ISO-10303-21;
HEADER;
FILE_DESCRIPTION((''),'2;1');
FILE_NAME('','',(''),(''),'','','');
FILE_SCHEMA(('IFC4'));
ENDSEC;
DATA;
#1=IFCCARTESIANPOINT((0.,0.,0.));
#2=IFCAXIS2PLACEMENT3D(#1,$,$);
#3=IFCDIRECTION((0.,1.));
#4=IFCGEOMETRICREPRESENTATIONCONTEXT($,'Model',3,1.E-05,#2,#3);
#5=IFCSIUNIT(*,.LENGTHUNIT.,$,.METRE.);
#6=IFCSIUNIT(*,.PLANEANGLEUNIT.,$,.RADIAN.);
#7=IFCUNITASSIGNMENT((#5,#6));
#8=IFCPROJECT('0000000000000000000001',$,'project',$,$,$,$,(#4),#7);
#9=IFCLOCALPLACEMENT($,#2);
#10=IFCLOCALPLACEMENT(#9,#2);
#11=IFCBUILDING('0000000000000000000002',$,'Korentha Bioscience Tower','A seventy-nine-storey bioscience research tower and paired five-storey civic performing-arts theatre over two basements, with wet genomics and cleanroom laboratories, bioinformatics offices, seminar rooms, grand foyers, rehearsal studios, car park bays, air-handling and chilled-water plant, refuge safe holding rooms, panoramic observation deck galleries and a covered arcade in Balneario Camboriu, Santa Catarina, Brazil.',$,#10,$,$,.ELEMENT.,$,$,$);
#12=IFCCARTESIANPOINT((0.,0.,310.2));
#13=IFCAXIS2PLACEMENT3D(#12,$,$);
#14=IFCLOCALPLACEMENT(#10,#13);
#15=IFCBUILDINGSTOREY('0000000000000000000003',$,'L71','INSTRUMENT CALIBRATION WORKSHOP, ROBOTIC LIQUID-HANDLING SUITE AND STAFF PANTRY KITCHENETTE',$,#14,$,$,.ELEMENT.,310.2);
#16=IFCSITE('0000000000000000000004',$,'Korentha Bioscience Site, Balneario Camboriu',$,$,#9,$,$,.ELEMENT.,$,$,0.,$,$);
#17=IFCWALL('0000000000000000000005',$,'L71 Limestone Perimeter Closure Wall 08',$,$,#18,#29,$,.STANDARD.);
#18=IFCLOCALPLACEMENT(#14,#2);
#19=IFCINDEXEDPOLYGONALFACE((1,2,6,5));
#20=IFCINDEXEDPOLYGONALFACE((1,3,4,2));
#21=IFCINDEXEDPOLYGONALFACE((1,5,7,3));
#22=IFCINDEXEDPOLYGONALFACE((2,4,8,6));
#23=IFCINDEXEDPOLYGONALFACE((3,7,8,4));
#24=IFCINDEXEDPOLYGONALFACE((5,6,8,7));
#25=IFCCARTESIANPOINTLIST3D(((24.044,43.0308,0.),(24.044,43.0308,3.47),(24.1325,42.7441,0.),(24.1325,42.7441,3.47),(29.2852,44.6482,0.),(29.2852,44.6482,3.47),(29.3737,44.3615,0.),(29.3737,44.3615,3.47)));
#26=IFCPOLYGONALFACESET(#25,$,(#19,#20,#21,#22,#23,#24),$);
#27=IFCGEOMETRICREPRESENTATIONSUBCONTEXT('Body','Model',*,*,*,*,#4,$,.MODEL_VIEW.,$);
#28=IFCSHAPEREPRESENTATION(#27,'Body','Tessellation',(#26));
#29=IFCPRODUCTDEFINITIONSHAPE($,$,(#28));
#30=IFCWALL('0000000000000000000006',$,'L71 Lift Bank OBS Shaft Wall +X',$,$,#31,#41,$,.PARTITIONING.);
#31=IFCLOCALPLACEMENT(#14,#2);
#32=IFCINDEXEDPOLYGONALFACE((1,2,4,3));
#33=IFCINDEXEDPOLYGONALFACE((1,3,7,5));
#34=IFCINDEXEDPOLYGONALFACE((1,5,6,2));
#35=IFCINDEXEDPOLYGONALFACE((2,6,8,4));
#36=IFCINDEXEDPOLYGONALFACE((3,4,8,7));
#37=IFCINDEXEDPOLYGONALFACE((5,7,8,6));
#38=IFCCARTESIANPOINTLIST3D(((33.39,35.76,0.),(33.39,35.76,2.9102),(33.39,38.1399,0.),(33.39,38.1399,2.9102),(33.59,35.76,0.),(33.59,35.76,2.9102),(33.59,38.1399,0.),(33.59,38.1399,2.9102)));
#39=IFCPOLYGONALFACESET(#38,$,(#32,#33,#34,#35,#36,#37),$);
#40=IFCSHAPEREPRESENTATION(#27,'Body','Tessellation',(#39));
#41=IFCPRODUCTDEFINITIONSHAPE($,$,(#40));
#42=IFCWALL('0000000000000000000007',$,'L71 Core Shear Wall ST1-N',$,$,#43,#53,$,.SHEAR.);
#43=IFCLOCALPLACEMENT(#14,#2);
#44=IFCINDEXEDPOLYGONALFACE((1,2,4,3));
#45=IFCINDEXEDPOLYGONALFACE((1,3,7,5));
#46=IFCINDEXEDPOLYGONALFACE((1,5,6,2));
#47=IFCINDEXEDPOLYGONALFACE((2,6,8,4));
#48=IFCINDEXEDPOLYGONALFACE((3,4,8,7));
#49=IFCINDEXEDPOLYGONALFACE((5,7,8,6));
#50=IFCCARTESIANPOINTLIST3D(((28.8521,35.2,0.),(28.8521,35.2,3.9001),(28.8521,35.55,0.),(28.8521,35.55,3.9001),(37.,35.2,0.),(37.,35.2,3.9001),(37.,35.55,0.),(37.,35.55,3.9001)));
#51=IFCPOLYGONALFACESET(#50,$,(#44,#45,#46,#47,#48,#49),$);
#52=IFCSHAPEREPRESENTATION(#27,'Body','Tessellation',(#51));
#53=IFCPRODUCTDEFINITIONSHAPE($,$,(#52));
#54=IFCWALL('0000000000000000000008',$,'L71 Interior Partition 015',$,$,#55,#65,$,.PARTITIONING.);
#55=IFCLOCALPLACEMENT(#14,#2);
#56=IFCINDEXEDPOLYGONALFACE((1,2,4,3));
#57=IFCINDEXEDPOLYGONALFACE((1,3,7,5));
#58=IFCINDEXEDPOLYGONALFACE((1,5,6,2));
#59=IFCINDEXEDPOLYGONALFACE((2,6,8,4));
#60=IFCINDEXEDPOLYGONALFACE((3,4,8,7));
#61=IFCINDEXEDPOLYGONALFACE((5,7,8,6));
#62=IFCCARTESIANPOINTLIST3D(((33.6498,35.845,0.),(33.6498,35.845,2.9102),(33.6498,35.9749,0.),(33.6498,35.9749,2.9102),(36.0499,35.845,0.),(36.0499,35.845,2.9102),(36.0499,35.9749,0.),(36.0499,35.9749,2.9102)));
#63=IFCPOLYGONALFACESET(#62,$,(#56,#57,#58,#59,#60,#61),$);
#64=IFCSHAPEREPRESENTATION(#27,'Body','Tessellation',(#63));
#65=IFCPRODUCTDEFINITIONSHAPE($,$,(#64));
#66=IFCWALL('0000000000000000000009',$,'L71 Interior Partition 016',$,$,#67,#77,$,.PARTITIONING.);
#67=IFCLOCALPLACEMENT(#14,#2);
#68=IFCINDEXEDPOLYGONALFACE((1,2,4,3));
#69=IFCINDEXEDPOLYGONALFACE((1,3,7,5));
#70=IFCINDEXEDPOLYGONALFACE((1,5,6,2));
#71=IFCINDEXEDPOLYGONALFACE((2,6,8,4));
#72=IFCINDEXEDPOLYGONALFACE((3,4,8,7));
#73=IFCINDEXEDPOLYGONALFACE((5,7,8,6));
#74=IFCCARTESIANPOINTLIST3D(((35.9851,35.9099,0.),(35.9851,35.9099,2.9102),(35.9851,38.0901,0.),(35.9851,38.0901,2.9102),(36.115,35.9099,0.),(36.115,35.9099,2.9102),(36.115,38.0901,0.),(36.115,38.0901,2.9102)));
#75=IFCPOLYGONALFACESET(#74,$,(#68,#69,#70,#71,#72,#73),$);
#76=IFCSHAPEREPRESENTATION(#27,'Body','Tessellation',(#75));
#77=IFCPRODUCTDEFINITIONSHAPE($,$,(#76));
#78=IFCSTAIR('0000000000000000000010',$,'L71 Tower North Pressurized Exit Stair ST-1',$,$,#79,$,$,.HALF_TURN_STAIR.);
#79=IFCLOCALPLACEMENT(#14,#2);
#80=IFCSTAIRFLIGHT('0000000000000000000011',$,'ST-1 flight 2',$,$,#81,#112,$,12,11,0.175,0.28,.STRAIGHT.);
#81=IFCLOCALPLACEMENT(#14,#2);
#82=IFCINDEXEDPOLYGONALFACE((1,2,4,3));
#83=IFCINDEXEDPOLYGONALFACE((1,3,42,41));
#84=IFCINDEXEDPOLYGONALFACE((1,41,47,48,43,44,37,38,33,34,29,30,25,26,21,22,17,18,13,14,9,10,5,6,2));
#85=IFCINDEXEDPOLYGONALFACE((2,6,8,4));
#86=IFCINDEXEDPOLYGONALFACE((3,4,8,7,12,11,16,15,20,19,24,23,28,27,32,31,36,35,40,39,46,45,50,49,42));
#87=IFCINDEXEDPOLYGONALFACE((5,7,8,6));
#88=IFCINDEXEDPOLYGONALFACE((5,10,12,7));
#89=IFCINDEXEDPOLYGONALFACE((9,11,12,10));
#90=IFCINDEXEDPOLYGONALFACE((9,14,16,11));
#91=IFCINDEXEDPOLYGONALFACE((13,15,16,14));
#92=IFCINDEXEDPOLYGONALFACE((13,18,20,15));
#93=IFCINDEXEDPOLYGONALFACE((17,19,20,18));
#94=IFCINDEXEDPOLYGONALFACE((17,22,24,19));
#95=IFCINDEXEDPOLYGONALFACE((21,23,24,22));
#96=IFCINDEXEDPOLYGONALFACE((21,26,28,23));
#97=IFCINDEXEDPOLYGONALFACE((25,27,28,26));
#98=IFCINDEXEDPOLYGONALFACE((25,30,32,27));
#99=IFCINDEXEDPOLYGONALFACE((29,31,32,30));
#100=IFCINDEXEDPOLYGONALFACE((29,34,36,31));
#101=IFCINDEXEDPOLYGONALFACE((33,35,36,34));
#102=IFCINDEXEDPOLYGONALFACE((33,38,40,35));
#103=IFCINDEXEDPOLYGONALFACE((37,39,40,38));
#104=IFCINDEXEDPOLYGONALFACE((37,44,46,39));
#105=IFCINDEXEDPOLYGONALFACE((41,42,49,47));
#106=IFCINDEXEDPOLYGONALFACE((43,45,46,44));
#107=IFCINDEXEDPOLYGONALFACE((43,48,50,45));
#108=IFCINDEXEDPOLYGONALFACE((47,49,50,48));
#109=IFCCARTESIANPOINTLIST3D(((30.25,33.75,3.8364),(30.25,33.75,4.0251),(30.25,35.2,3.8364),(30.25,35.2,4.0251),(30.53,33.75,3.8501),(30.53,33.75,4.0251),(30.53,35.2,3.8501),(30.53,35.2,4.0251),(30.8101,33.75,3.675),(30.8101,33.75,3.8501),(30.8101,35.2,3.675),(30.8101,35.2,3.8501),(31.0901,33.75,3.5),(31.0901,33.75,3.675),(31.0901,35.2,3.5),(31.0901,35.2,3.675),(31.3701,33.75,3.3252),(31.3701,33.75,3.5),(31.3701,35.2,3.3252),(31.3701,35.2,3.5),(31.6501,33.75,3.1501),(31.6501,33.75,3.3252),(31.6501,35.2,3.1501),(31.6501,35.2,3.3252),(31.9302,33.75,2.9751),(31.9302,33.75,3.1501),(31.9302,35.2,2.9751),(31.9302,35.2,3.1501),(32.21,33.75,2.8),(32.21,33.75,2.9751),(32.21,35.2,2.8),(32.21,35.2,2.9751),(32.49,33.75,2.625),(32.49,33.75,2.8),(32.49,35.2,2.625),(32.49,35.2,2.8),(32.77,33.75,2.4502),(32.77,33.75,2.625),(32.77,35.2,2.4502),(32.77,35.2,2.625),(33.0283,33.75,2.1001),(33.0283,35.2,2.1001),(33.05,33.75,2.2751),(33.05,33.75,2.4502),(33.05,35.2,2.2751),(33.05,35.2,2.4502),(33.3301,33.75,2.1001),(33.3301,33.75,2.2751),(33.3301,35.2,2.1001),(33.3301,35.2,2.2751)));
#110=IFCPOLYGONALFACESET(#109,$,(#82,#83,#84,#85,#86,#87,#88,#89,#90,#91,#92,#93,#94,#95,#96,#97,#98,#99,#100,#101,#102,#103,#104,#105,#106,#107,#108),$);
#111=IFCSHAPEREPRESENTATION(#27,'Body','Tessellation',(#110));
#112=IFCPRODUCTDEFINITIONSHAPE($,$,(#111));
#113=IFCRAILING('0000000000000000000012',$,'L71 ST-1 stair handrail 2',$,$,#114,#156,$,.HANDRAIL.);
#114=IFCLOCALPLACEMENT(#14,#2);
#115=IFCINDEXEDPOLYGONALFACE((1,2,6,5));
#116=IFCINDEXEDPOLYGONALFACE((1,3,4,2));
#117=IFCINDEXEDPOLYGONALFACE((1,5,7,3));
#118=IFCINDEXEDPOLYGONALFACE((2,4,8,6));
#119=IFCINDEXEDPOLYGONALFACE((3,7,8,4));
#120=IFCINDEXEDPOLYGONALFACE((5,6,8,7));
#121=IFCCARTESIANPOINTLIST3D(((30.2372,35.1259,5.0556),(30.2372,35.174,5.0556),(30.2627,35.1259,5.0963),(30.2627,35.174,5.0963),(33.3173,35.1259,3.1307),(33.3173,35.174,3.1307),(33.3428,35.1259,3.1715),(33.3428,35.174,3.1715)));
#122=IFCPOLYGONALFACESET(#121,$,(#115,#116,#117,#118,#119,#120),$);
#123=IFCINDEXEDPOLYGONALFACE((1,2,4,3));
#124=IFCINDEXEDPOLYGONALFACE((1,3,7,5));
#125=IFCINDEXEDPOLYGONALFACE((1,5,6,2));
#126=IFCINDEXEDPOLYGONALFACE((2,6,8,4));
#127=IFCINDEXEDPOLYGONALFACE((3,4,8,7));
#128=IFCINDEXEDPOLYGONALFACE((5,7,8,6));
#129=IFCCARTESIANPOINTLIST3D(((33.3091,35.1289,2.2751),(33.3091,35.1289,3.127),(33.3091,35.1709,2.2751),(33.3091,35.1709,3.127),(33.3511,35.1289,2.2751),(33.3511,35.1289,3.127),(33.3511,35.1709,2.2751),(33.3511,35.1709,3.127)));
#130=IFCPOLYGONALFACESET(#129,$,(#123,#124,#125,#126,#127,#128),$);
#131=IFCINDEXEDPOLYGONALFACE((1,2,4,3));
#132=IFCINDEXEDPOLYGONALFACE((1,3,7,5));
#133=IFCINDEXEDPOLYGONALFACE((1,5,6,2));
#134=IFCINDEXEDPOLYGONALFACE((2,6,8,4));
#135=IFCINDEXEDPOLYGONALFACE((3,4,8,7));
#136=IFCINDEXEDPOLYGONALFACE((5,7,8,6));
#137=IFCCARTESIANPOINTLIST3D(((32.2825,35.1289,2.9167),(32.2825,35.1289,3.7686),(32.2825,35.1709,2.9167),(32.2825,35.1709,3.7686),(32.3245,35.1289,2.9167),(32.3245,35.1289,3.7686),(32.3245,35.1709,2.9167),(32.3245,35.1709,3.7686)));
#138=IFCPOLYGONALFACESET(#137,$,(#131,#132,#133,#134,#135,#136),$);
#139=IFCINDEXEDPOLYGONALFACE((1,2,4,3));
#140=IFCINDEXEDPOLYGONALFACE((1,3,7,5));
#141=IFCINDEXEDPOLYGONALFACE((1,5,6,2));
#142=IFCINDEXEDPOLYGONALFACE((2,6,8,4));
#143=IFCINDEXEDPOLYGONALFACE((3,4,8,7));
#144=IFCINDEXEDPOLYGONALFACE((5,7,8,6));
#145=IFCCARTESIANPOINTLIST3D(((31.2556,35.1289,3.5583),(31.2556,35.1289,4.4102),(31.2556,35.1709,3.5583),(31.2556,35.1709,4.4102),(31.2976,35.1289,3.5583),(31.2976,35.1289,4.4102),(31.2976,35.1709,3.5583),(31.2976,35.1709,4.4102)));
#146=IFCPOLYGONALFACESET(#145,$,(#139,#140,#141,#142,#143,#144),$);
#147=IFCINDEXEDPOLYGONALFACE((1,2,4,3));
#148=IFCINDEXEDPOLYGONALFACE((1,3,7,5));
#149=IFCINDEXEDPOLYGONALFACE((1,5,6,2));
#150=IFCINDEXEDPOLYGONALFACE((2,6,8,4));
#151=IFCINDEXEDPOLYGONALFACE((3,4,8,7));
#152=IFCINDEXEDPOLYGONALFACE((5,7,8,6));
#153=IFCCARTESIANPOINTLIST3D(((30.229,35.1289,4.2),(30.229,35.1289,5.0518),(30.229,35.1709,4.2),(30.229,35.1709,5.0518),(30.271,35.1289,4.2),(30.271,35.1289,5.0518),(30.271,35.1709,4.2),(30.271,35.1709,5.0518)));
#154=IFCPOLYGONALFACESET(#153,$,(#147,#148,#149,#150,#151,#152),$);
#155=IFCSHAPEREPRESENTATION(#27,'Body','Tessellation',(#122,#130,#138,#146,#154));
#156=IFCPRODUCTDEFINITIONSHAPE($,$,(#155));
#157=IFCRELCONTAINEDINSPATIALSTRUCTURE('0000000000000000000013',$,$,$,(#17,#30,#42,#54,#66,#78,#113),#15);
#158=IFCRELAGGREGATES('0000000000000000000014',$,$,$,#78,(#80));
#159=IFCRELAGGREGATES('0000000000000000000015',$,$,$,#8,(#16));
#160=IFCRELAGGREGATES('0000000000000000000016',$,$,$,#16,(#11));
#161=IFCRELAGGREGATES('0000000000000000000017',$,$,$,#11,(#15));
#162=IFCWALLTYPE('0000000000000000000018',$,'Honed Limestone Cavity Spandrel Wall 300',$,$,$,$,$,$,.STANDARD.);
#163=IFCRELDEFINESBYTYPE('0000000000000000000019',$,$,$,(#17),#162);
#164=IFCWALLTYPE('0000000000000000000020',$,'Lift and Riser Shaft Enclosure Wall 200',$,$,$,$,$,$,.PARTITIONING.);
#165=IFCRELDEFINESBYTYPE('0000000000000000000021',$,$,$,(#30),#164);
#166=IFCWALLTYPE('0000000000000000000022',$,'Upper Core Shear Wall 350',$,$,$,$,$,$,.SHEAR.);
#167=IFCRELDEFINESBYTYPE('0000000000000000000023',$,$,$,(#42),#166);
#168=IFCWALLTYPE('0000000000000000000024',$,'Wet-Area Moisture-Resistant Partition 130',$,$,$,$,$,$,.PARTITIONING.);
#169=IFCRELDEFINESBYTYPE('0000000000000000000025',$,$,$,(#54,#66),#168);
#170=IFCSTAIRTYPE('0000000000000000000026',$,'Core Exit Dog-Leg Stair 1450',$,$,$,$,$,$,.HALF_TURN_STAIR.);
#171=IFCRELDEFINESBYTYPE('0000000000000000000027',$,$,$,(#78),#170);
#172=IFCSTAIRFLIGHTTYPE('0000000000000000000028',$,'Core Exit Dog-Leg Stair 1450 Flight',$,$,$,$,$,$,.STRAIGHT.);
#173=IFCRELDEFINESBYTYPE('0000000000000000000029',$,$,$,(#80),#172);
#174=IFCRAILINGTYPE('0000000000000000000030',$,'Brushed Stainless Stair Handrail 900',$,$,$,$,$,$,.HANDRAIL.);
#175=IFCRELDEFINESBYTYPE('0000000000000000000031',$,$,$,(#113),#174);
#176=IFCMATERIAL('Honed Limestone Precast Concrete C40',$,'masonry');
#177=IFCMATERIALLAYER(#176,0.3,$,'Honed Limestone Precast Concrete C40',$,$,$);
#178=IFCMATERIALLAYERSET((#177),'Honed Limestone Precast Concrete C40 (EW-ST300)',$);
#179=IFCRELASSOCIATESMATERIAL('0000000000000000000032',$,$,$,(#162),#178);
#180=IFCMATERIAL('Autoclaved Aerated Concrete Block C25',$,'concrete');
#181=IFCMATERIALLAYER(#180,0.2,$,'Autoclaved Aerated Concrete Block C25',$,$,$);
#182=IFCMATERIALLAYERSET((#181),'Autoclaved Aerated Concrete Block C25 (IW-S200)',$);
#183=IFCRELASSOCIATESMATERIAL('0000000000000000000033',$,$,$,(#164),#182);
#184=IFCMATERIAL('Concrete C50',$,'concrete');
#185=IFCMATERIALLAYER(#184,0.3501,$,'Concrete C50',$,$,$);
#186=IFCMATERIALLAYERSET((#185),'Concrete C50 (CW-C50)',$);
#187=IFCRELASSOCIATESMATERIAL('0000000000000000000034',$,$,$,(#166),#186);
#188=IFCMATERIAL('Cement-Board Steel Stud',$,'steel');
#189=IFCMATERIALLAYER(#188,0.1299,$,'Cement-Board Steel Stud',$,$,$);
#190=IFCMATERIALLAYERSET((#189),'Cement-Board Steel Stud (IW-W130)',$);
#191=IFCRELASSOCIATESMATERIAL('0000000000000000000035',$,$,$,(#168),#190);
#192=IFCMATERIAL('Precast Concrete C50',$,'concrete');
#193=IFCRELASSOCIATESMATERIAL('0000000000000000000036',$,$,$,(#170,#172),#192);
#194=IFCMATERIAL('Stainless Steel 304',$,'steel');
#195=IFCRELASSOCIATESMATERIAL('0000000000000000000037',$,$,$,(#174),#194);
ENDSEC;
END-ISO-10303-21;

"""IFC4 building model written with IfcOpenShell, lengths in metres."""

from ifc_helpers import new_model, si_unit, direction, frame, frame_2d, origin, origin_2d, place, context, subcontext, project, spatial, polyline, rectangle, outline, extrude, material, layer, layer_set, type_object, element, aggregate, save


model = new_model("IFC4")

# Units and contexts
model_context = context("Model", 3, precision=1e-05, world=origin(), true_north=direction((0.0, 1.0)))
body_context = subcontext(model_context, "Body", "Model", "MODEL_VIEW")
ifc_project = project(units=[si_unit("LENGTHUNIT", "METRE"), si_unit("PLANEANGLEUNIT", "RADIAN")], contexts=[model_context])

# Site, building, storey
site_placement = place(None, origin())
site = spatial("IfcSite", under=ifc_project, at=site_placement, Name="Korentha Bioscience Site, Balneario Camboriu", CompositionType="ELEMENT", RefElevation=0.0)
building_placement = place(site_placement, origin())
building = spatial("IfcBuilding", under=site, at=building_placement, Name="Korentha Bioscience Tower", Description="A seventy-nine-storey bioscience research tower and paired five-storey civic performing-arts theatre over two basements, with wet genomics and cleanroom laboratories, bioinformatics offices, seminar rooms, grand foyers, rehearsal studios, car park bays, air-handling and chilled-water plant, refuge safe holding rooms, panoramic observation deck galleries and a covered arcade in Balneario Camboriu, Santa Catarina, Brazil.", CompositionType="ELEMENT")
storey_placement = place(building_placement, frame((0.0, 0.0, 310.2)))
storey = spatial("IfcBuildingStorey", under=building, at=storey_placement, Name="L71", Description="INSTRUMENT CALIBRATION WORKSHOP, ROBOTIC LIQUID-HANDLING SUITE AND STAFF PANTRY KITCHENETTE", CompositionType="ELEMENT", Elevation=310.2)

# Shared definitions
ifc_material_1 = material(Name="Honed Limestone Precast Concrete C40", Category="masonry")
ifc_layer_1 = layer(ifc_material_1, 0.3, Name="Honed Limestone Precast Concrete C40")
ifc_layer_set_1 = layer_set([ifc_layer_1], Name="Honed Limestone Precast Concrete C40 (EW-ST300)")
wall_type_1 = type_object("IfcWallType", Name="Honed Limestone Cavity Spandrel Wall 300", PredefinedType="STANDARD", material=ifc_layer_set_1)

# Walls
wall_1_placement = place(storey_placement, frame((29.3296, 44.5049, 0.0), z_axis=(0.0, 0.0, 1.0), x_axis=(-0.955535, -0.294877, 0.0)))
element("IfcWall", 1, at=wall_1_placement, inside=storey, type_object=wall_type_1, Name="L71 Limestone Perimeter Closure Wall 08", PredefinedType="STANDARD", context=body_context, shape_type="SweptSolid", body=[
    extrude(rectangle(XDim=5.4851, YDim=0.3, at=frame_2d((2.7427, 0.0))), origin(), (0.0, 0.0, 1.0), 3.47),
])
ifc_material_2 = material(Name="Autoclaved Aerated Concrete Block C25", Category="concrete")
ifc_layer_2 = layer(ifc_material_2, 0.2, Name="Autoclaved Aerated Concrete Block C25")
ifc_layer_set_2 = layer_set([ifc_layer_2], Name="Autoclaved Aerated Concrete Block C25 (IW-S200)")
wall_type_2 = type_object("IfcWallType", Name="Lift and Riser Shaft Enclosure Wall 200", PredefinedType="PARTITIONING", material=ifc_layer_set_2)
wall_2_placement = place(storey_placement, frame((33.49, 35.76, 0.0), z_axis=(0.0, 0.0, 1.0), x_axis=(0.0, 1.0, 0.0)))
element("IfcWall", 2, at=wall_2_placement, inside=storey, type_object=wall_type_2, Name="L71 Lift Bank OBS Shaft Wall +X", PredefinedType="PARTITIONING", context=body_context, shape_type="SweptSolid", body=[
    extrude(rectangle(XDim=2.3799, YDim=0.2, at=frame_2d((1.1899, 0.0))), origin(), (0.0, 0.0, 1.0), 2.9102),
])
ifc_material_3 = material(Name="Concrete C50", Category="concrete")
ifc_layer_3 = layer(ifc_material_3, 0.3501, Name="Concrete C50")
ifc_layer_set_3 = layer_set([ifc_layer_3], Name="Concrete C50 (CW-C50)")
wall_type_3 = type_object("IfcWallType", Name="Upper Core Shear Wall 350", PredefinedType="SHEAR", material=ifc_layer_set_3)
wall_3_placement = place(storey_placement, frame((28.8521, 35.375, 0.0), z_axis=(0.0, 0.0, 1.0), x_axis=(1.0, 0.0, 0.0)))
element("IfcWall", 3, at=wall_3_placement, inside=storey, type_object=wall_type_3, Name="L71 Core Shear Wall ST1-N", PredefinedType="SHEAR", context=body_context, shape_type="SweptSolid", body=[
    extrude(rectangle(XDim=8.1479, YDim=0.3501, at=frame_2d((4.074, 0.0))), origin(), (0.0, 0.0, 1.0), 3.9001),
])

# Shared definitions
ifc_material_4 = material(Name="Cement-Board Steel Stud", Category="steel")
ifc_layer_4 = layer(ifc_material_4, 0.1299, Name="Cement-Board Steel Stud")
ifc_layer_set_4 = layer_set([ifc_layer_4], Name="Cement-Board Steel Stud (IW-W130)")
wall_type_4 = type_object("IfcWallType", Name="Wet-Area Moisture-Resistant Partition 130", PredefinedType="PARTITIONING", material=ifc_layer_set_4)

# Walls
wall_4_placement = place(storey_placement, frame((36.05, 35.9099, 0.0), z_axis=(0.0, 0.0, 1.0), x_axis=(-1.0, 0.0, 0.0)))
element("IfcWall", 4, at=wall_4_placement, inside=storey, type_object=wall_type_4, Name="L71 Interior Partition 015", PredefinedType="PARTITIONING", context=body_context, shape_type="SweptSolid", body=[
    extrude(rectangle(XDim=2.4001, YDim=0.1299, at=frame_2d((1.2002, 0.0))), origin(), (0.0, 0.0, 1.0), 2.9102),
])
wall_5_placement = place(storey_placement, frame((36.05, 38.0901, 0.0), z_axis=(0.0, 0.0, 1.0), x_axis=(0.0, -1.0, 0.0)))
element("IfcWall", 5, at=wall_5_placement, inside=storey, type_object=wall_type_4, Name="L71 Interior Partition 016", PredefinedType="PARTITIONING", context=body_context, shape_type="SweptSolid", body=[
    extrude(rectangle(XDim=2.1802, YDim=0.1299, at=frame_2d((1.0901, 0.0))), origin(), (0.0, 0.0, 1.0), 2.9102),
])

# Stair, stair flight
ifc_material_5 = material(Name="Precast Concrete C50", Category="concrete")
stair_type = type_object("IfcStairType", Name="Core Exit Dog-Leg Stair 1450", PredefinedType="HALF_TURN_STAIR", material=ifc_material_5)
stair_placement = place(storey_placement, origin())
stair = element("IfcStair", 6, at=stair_placement, inside=storey, type_object=stair_type, Name="L71 Tower North Pressurized Exit Stair ST-1", PredefinedType="HALF_TURN_STAIR")
stair_flight_type = type_object("IfcStairFlightType", Name="Core Exit Dog-Leg Stair 1450 Flight", PredefinedType="STRAIGHT", material=ifc_material_5)
stair_flight_placement = place(storey_placement, frame((33.3301, 34.4751, 2.1001), z_axis=(0.0, 0.0, 1.0), x_axis=(-1.0, 0.0, 0.0)))
stair_flight = element("IfcStairFlight", 7, at=stair_flight_placement, type_object=stair_flight_type, Name="ST-1 flight 2", NumberOfRisers=12, NumberOfTreads=11, PredefinedType="STRAIGHT", RiserHeight=0.175, TreadLength=0.28, context=body_context, shape_type="SweptSolid", body=[
    extrude(outline(polyline([(0.0, 0.0), (0.0, 0.175), (0.28, 0.175), (0.28, 0.3501), (0.5601, 0.3501), (0.5601, 0.5249), (0.8401, 0.5249), (0.8401, 0.7), (1.1201, 0.7), (1.1201, 0.875), (1.3999, 0.875), (1.3999, 1.05), (1.6799, 1.05), (1.6799, 1.2251), (1.96, 1.2251), (1.96, 1.3999), (2.24, 1.3999), (2.24, 1.575), (2.52, 1.575), (2.52, 1.75), (2.8, 1.75), (2.8, 1.925), (3.0801, 1.925), (3.0801, 2.1001), (3.0801, 1.7363), (0.3018, 0.0), (0.0, 0.0)])), frame((0.0, 0.7251, 0.0), z_axis=(0.0, -1.0, 0.0), x_axis=(1.0, 0.0, 0.0)), (0.0, 0.0, 1.0), 1.45),
])
aggregate(stair, [stair_flight])

# Railing
ifc_material_6 = material(Name="Stainless Steel 304", Category="steel")
railing_type_1 = type_object("IfcRailingType", Name="Brushed Stainless Stair Handrail 900", PredefinedType="HANDRAIL", material=ifc_material_6)
railing_1_placement = place(storey_placement, frame((33.3301, 35.1499, 2.2751)))
element("IfcRailing", 8, at=railing_1_placement, inside=storey, type_object=railing_type_1, Name="L71 ST-1 stair handrail 2", PredefinedType="HANDRAIL", context=body_context, shape_type="SweptSolid", body=[
    extrude(rectangle(XDim=0.0481, YDim=0.0481, at=origin_2d()), frame((0.0, 0.0, 0.876), z_axis=(-0.848029, 0.0, 0.529951), x_axis=(0.0, -1.0, 0.0)), (0.0, 0.0, 1.0), 3.6321),
    extrude(rectangle(XDim=0.042, YDim=0.042, at=origin_2d()), origin(), (0.0, 0.0, 1.0), 0.8518),
    extrude(rectangle(XDim=0.042, YDim=0.042, at=origin_2d()), frame((-1.0266, 0.0, 0.6416)), (0.0, 0.0, 1.0), 0.8518),
    extrude(rectangle(XDim=0.042, YDim=0.042, at=origin_2d()), frame((-2.0535, 0.0, 1.2832)), (0.0, 0.0, 1.0), 0.8518),
    extrude(rectangle(XDim=0.042, YDim=0.042, at=origin_2d()), frame((-3.0801, 0.0, 1.9248)), (0.0, 0.0, 1.0), 0.8518),
])

save(model, "model.ifc")
